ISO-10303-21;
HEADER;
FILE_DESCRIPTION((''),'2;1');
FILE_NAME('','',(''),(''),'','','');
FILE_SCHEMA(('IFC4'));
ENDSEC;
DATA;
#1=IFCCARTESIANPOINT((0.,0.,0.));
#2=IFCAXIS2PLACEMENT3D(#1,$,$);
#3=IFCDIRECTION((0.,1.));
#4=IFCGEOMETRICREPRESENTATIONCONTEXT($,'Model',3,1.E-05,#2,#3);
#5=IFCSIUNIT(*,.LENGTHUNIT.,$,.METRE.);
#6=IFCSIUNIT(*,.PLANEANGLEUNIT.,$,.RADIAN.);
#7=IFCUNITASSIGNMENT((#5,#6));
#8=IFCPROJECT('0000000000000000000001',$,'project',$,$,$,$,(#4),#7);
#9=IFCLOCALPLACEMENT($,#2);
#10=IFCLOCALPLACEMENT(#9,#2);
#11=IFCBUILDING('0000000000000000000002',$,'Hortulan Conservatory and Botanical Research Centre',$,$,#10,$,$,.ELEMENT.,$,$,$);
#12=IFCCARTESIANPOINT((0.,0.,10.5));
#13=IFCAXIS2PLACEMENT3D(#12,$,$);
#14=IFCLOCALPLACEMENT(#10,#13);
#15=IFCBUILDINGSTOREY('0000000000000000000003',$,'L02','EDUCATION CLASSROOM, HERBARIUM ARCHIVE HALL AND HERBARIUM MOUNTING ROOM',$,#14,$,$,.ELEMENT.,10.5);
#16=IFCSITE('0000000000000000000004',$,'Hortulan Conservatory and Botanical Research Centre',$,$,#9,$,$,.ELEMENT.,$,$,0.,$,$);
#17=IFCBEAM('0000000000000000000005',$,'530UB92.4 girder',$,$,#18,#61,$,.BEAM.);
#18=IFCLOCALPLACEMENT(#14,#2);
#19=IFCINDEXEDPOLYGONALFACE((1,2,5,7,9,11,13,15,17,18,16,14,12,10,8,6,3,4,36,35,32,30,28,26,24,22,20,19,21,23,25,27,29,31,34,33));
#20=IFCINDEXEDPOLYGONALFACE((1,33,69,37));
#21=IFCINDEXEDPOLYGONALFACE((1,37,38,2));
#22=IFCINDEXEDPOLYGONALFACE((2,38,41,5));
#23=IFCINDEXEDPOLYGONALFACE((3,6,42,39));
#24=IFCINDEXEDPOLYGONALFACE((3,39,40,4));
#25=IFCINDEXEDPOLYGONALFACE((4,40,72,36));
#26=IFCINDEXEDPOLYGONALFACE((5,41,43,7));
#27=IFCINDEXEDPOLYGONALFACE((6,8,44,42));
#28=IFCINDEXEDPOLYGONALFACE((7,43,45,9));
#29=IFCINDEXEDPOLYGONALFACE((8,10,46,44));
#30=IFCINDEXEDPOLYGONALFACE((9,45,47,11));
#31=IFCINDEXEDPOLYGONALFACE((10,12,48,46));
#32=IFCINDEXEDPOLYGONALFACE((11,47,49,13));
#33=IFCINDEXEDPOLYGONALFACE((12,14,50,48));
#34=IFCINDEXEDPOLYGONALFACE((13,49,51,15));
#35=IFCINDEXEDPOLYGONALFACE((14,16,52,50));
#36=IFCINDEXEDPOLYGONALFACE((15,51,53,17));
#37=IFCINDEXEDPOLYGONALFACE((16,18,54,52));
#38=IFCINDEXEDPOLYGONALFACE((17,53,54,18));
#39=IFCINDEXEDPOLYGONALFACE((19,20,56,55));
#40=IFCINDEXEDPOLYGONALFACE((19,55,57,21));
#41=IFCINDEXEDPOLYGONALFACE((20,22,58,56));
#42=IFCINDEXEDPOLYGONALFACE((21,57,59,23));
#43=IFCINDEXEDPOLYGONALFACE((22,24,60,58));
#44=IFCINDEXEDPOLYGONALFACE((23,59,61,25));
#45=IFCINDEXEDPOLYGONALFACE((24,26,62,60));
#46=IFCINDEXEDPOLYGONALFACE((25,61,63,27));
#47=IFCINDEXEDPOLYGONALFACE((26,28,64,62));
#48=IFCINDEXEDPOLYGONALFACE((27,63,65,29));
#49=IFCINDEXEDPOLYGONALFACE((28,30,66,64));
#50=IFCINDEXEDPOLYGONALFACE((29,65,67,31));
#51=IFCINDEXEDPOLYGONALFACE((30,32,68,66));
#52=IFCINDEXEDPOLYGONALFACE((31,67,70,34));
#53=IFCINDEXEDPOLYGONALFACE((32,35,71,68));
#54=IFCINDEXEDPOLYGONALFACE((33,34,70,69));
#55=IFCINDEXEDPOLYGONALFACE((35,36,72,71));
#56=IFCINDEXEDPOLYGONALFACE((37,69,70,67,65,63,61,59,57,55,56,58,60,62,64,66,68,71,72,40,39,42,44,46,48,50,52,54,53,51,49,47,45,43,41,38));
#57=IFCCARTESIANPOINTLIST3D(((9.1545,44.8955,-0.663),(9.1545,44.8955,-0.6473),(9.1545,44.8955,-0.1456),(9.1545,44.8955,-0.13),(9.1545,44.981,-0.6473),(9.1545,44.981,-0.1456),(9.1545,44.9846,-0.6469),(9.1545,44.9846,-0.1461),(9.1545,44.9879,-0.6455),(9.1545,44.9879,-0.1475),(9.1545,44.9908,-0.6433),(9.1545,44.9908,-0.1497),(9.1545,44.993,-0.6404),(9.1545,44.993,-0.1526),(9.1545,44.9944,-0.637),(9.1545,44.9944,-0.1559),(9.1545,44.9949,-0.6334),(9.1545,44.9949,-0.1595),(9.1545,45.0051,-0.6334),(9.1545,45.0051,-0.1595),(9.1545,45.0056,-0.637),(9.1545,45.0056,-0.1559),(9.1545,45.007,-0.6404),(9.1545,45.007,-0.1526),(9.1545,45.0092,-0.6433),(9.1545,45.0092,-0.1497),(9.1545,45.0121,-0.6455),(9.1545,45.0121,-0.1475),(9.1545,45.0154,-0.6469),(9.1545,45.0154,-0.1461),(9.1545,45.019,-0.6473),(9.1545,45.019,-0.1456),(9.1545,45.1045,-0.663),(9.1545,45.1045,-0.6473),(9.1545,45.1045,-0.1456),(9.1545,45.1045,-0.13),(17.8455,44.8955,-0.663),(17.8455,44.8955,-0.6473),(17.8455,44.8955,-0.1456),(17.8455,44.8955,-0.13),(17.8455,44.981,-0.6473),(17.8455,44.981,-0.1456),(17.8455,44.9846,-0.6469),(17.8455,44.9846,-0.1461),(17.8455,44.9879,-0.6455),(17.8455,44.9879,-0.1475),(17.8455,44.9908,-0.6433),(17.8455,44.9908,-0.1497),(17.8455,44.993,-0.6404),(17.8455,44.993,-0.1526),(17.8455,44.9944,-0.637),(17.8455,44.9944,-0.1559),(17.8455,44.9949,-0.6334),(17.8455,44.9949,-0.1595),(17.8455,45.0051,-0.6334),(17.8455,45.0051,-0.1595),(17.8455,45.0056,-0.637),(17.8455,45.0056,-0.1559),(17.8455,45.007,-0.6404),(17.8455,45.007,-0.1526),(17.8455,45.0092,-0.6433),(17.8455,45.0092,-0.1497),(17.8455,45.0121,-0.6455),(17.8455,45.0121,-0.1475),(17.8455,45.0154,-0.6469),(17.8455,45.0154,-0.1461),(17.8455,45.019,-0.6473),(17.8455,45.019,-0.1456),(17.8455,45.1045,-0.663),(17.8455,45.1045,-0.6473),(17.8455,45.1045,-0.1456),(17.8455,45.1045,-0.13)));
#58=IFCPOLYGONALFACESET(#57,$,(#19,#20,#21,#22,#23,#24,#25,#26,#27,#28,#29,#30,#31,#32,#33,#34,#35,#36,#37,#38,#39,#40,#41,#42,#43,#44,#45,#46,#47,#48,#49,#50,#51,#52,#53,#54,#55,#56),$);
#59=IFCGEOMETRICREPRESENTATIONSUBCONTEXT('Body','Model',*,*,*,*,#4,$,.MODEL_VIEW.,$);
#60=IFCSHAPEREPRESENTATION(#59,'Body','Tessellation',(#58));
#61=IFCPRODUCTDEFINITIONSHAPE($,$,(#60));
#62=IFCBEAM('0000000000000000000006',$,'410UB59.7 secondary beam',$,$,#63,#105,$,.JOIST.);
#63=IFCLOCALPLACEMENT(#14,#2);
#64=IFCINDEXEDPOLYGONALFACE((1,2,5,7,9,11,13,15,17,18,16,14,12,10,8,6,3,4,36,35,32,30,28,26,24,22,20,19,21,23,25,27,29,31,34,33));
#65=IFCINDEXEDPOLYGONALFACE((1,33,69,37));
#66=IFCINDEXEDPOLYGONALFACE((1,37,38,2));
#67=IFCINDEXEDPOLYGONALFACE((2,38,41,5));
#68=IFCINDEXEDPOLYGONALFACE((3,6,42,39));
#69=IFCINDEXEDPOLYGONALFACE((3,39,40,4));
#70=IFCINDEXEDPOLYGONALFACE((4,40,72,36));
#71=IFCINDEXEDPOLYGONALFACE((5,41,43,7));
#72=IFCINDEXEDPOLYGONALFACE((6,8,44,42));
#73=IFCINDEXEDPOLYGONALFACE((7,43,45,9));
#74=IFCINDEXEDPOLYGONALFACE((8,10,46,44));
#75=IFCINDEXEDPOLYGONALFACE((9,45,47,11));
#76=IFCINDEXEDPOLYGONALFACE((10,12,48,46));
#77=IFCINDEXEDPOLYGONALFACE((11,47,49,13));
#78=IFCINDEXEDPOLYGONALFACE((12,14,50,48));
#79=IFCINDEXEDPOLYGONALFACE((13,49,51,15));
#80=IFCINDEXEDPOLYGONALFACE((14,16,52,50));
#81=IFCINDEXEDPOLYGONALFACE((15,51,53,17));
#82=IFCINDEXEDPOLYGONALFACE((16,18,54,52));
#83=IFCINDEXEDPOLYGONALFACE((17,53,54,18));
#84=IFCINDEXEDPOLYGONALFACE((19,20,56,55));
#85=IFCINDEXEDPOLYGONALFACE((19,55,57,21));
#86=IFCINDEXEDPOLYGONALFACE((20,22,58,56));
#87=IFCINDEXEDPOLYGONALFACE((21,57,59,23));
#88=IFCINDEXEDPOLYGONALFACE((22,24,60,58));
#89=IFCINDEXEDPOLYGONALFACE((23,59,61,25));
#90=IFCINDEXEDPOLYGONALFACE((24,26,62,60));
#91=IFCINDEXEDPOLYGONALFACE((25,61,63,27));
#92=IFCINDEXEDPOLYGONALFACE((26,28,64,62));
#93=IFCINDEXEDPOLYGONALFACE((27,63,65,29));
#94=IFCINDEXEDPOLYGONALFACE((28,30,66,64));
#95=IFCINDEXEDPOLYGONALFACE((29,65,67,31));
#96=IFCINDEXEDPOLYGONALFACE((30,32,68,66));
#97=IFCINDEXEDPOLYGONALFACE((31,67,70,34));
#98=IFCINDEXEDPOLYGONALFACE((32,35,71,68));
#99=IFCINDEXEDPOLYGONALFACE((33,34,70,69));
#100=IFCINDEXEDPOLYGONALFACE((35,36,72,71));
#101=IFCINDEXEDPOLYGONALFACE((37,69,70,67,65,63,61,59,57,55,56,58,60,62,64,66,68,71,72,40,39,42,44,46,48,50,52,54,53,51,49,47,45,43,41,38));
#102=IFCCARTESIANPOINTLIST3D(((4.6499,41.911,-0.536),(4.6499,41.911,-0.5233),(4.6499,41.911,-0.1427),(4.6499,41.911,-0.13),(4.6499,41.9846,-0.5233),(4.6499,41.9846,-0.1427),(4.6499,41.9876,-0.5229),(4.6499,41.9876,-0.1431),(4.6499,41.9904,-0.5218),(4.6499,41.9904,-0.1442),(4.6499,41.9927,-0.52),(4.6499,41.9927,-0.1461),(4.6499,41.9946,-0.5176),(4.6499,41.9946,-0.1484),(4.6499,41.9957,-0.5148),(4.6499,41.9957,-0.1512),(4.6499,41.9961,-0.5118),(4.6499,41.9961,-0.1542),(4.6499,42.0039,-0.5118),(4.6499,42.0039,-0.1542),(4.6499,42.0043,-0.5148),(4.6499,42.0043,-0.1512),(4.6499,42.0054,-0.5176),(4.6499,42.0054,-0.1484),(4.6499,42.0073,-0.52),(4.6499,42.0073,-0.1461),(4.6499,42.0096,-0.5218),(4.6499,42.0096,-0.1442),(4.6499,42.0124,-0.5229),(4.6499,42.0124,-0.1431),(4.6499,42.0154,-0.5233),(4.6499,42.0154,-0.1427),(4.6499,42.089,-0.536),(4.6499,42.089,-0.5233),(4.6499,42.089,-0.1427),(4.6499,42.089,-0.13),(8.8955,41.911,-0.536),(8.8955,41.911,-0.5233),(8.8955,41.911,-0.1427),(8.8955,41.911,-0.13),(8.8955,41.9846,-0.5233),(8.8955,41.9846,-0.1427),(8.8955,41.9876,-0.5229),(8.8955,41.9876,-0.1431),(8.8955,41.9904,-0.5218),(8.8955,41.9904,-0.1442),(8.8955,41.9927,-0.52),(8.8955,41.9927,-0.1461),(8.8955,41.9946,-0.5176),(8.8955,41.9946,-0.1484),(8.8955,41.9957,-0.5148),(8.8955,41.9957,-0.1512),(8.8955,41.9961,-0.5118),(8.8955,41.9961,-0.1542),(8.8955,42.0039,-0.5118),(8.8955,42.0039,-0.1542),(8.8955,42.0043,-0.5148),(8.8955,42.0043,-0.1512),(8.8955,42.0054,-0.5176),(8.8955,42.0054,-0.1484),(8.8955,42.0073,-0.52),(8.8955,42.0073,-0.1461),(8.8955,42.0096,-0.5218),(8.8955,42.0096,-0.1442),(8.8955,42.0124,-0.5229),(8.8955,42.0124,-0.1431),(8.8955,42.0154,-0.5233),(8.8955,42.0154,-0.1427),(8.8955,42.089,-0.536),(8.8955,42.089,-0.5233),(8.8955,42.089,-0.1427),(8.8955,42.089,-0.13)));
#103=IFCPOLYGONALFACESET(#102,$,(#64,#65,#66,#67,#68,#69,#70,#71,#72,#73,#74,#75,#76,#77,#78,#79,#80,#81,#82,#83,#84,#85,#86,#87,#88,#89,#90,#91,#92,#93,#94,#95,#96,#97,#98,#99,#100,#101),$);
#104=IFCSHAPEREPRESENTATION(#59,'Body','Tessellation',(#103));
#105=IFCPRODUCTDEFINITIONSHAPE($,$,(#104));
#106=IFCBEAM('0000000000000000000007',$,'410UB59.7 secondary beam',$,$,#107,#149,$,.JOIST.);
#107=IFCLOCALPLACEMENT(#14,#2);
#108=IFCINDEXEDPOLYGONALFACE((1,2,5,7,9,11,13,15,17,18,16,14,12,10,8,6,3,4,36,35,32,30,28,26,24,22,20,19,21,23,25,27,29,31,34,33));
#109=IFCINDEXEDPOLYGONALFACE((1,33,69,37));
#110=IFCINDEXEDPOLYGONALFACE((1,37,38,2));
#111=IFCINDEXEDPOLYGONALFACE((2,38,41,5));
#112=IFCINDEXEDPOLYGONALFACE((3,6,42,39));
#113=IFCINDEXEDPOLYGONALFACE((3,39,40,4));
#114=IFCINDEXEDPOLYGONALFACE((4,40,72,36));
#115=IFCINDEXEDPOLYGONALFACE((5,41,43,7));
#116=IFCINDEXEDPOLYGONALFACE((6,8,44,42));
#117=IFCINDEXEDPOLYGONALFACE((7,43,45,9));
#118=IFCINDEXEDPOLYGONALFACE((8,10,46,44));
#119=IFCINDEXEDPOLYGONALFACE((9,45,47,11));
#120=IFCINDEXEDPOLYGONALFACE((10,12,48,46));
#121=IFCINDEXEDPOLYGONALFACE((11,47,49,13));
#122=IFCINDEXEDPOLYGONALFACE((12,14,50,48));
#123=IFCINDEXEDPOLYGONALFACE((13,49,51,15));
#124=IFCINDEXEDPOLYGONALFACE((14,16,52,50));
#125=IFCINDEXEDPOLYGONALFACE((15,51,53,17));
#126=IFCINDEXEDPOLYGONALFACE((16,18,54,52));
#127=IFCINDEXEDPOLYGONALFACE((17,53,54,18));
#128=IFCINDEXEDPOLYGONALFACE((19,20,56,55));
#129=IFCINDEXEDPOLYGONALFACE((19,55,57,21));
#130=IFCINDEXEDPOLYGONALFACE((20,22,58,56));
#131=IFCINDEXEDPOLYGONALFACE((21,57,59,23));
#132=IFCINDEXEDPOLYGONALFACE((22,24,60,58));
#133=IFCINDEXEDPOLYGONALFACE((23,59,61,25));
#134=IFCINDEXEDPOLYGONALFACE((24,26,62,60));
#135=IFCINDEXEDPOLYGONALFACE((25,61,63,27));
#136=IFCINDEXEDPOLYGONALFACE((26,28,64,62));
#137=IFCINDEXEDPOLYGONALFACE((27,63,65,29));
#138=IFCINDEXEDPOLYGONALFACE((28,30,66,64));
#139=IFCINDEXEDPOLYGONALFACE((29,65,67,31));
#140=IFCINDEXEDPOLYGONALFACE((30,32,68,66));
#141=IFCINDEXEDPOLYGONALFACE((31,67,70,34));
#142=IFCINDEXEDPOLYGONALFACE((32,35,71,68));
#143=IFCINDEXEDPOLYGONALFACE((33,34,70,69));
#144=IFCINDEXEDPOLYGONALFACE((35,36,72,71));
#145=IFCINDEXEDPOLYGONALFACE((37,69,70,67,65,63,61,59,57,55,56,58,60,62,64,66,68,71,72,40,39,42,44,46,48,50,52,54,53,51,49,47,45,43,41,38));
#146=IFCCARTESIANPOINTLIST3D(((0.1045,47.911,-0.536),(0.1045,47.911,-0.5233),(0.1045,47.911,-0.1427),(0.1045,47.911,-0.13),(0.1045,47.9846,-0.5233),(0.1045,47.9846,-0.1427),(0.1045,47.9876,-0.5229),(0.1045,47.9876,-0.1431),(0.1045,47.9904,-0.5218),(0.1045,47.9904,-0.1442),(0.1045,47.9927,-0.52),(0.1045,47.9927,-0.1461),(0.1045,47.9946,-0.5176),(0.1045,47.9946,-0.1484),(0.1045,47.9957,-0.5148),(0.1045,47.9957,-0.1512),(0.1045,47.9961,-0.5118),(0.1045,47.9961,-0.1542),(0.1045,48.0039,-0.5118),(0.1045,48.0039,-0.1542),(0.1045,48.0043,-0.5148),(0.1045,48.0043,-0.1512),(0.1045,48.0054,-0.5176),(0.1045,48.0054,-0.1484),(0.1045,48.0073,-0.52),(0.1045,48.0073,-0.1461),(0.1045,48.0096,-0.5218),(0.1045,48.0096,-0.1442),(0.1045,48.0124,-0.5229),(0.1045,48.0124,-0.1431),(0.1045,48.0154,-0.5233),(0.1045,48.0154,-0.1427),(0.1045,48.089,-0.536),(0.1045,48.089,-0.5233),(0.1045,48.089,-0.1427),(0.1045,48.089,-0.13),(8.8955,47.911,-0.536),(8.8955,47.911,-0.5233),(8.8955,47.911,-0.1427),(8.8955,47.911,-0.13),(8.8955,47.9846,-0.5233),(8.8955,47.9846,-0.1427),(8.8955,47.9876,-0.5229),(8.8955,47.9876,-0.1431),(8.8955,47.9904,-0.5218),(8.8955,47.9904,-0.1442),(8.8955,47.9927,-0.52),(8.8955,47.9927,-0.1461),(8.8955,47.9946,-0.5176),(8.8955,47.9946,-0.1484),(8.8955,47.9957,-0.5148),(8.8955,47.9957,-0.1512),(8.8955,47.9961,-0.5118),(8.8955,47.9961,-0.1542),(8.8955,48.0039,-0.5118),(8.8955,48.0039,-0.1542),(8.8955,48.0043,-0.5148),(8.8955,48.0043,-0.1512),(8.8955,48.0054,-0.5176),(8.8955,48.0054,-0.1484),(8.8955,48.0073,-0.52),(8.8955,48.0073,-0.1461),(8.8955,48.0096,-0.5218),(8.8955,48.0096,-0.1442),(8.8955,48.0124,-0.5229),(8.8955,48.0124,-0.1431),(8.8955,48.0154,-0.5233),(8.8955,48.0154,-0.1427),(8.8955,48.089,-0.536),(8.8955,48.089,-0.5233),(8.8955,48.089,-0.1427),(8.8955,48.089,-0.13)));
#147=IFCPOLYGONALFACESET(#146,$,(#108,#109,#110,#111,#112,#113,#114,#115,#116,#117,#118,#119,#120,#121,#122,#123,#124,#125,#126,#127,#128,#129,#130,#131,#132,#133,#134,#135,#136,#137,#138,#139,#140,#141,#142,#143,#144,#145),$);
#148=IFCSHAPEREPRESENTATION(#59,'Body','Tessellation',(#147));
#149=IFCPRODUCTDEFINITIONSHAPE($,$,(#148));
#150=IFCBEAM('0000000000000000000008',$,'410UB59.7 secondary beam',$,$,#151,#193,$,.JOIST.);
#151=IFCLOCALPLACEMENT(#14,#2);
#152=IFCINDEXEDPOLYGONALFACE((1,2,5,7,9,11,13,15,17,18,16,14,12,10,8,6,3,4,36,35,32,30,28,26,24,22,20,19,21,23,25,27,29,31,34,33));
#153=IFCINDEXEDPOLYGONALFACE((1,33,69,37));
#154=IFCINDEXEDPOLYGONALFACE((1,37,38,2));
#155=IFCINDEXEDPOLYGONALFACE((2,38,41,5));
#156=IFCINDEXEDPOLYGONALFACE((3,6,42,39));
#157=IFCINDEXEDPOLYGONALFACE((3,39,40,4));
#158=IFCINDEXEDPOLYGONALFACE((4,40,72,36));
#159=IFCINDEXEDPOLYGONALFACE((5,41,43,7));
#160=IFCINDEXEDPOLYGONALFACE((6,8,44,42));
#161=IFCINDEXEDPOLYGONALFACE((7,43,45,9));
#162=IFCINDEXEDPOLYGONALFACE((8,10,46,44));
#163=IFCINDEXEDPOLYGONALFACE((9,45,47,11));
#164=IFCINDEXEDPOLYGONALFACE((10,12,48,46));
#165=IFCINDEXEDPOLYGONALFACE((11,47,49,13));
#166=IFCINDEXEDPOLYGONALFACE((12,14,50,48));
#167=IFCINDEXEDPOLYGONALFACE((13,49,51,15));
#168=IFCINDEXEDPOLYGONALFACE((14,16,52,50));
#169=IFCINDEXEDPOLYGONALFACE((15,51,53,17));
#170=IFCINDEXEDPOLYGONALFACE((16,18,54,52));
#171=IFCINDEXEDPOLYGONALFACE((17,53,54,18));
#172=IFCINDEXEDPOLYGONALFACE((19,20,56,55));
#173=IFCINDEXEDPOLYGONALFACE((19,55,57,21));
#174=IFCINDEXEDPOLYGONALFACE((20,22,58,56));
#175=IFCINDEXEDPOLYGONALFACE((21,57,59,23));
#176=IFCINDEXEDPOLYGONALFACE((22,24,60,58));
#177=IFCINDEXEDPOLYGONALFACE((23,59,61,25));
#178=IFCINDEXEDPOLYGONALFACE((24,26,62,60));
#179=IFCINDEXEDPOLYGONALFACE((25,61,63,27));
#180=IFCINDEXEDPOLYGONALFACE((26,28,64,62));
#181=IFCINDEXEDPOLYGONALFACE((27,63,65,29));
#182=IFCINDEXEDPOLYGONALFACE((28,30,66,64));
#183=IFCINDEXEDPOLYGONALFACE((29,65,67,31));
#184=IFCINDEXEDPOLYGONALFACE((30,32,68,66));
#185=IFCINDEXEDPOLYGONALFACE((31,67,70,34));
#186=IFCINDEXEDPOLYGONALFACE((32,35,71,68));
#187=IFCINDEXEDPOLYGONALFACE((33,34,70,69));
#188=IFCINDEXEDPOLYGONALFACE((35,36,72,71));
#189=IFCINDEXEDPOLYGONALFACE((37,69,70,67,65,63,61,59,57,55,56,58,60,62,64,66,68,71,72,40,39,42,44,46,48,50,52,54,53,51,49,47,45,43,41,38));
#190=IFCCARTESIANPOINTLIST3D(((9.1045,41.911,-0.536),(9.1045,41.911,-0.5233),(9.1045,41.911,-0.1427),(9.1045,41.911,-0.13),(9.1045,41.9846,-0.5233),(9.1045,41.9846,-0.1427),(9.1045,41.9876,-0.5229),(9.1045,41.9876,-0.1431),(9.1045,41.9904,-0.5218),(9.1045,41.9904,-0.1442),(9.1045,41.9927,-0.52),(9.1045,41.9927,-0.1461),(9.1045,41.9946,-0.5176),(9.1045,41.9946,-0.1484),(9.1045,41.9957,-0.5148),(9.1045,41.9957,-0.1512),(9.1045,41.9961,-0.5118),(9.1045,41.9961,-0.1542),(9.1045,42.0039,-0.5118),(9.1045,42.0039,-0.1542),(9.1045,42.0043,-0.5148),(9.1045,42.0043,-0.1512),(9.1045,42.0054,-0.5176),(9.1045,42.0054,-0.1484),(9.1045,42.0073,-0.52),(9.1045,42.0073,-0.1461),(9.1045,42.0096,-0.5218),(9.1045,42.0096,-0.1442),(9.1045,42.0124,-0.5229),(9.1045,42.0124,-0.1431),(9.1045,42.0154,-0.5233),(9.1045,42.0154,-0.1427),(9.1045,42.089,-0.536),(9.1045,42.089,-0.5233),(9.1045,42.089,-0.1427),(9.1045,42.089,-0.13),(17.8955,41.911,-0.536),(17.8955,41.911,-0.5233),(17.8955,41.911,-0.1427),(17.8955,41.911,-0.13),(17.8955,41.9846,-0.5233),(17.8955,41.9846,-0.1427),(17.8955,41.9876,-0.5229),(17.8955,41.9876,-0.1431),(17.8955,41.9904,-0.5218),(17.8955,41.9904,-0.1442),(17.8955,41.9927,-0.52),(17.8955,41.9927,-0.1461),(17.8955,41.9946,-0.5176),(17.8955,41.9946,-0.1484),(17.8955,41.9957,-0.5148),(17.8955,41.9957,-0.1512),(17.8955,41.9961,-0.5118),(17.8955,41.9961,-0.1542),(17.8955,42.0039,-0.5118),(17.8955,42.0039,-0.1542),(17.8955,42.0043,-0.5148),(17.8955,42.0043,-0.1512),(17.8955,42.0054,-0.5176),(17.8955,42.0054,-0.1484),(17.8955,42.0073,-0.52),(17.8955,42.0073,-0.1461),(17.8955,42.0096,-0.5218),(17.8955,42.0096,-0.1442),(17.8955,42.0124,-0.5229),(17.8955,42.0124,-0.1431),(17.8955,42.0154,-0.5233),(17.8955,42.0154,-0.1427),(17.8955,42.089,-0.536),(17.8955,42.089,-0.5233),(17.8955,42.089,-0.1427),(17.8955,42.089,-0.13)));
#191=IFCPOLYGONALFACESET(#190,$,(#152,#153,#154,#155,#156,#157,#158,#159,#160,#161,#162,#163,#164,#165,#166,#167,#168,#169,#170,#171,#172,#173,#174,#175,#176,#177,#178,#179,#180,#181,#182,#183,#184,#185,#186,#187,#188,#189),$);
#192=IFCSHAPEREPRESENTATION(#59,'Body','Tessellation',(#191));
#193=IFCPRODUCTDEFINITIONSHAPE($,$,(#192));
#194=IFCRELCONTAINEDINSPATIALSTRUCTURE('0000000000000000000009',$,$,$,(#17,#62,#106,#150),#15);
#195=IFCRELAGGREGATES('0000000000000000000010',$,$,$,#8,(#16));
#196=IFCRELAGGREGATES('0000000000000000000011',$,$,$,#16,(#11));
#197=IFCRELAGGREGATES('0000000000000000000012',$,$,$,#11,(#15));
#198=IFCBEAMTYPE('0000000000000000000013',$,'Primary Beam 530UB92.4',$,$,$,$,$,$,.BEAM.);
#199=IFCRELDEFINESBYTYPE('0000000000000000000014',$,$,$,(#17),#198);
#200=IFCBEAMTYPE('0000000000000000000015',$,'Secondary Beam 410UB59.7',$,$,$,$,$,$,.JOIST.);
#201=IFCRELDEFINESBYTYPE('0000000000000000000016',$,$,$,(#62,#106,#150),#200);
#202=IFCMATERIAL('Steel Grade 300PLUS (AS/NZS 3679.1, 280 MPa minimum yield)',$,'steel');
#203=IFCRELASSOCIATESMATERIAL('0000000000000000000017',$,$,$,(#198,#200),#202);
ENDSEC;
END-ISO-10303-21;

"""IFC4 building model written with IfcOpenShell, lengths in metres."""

from ifc_helpers import new_model, si_unit, direction, frame, origin, origin_2d, place, context, subcontext, project, spatial, i_section, extrude, material, material_profile, profile_set, type_object, element, save


model = new_model("IFC4")

# Units and contexts
model_context = context("Model", 3, precision=1e-05, world=origin(), true_north=direction((0.0, 1.0)))
body_context = subcontext(model_context, "Body", "Model", "MODEL_VIEW")
ifc_project = project(units=[si_unit("LENGTHUNIT", "METRE"), si_unit("PLANEANGLEUNIT", "RADIAN")], contexts=[model_context])

# Site, building, storey
site_placement = place(None, origin())
site = spatial("IfcSite", under=ifc_project, at=site_placement, Name="Hortulan Conservatory and Botanical Research Centre", CompositionType="ELEMENT", RefElevation=0.0)
building_placement = place(site_placement, origin())
building = spatial("IfcBuilding", under=site, at=building_placement, Name="Hortulan Conservatory and Botanical Research Centre", CompositionType="ELEMENT")
storey_placement = place(building_placement, frame((0.0, 0.0, 10.5)))
storey = spatial("IfcBuildingStorey", under=building, at=storey_placement, Name="L02", Description="EDUCATION CLASSROOM, HERBARIUM ARCHIVE HALL AND HERBARIUM MOUNTING ROOM", CompositionType="ELEMENT", Elevation=10.5)

# Shared definitions
ifc_material_1 = material(Name="Steel Grade 300PLUS (AS/NZS 3679.1, 280 MPa minimum yield)", Category="steel")

# Beams
ifc_material_profile_1 = material_profile(ifc_material_1, i_section(OverallWidth=0.209, OverallDepth=0.533, WebThickness=0.0103, FlangeThickness=0.0156, FilletRadius=0.0139, at=origin_2d()), Name="530UB92.4")
ifc_profile_set_1 = profile_set([ifc_material_profile_1], Name="Steel Grade 300PLUS (AS/NZS 3679.1, 280 MPa minimum yield)")
beam_type_1 = type_object("IfcBeamType", Name="Primary Beam 530UB92.4", PredefinedType="BEAM", material=ifc_profile_set_1)
beam_1_placement = place(storey_placement, frame((9.1545, 45.0, -0.3965), z_axis=(1.0, 0.0, 0.0), x_axis=(0.0, 1.0, 0.0)))
element("IfcBeam", 1, at=beam_1_placement, inside=storey, type_object=beam_type_1, Name="530UB92.4 girder", PredefinedType="BEAM", context=body_context, shape_type="SweptSolid", body=[
    extrude(i_section(OverallWidth=0.209, OverallDepth=0.533, WebThickness=0.0103, FlangeThickness=0.0156, FilletRadius=0.0139, at=origin_2d()), origin(), (0.0, 0.0, 1.0), 8.6909),
])
ifc_material_profile_2 = material_profile(ifc_material_1, i_section(OverallWidth=0.178, OverallDepth=0.406, WebThickness=0.0078, FlangeThickness=0.0127, FilletRadius=0.0115, at=origin_2d()), Name="410UB59.7")
ifc_profile_set_2 = profile_set([ifc_material_profile_2], Name="Steel Grade 300PLUS (AS/NZS 3679.1, 280 MPa minimum yield)")
beam_type_2 = type_object("IfcBeamType", Name="Secondary Beam 410UB59.7", PredefinedType="JOIST", material=ifc_profile_set_2)
beam_2_placement = place(storey_placement, frame((4.6499, 42.0, -0.333), z_axis=(1.0, 0.0, 0.0), x_axis=(0.0, 1.0, 0.0)))
element("IfcBeam", 2, at=beam_2_placement, inside=storey, type_object=beam_type_2, Name="410UB59.7 secondary beam", PredefinedType="JOIST", context=body_context, shape_type="SweptSolid", body=[
    extrude(i_section(OverallWidth=0.178, OverallDepth=0.406, WebThickness=0.0078, FlangeThickness=0.0127, FilletRadius=0.0115, at=origin_2d()), origin(), (0.0, 0.0, 1.0), 4.2456),
])
for number, where, z_axis, x_axis, name in (
    (3, (0.1045, 48.0, -0.333), (1.0, 0.0, 0.0), (0.0, 1.0, 0.0), "410UB59.7 secondary beam"),
    (4, (9.1045, 42.0, -0.333), (1.0, 0.0, 0.0), (0.0, 1.0, 0.0), "410UB59.7 secondary beam"),
):
    element("IfcBeam", number, at=place(storey_placement, frame(where, z_axis=z_axis, x_axis=x_axis)), inside=storey, type_object=beam_type_2, Name=name, PredefinedType="JOIST", context=body_context, shape_type="SweptSolid", body=[
        extrude(i_section(OverallWidth=0.178, OverallDepth=0.406, WebThickness=0.0078, FlangeThickness=0.0127, FilletRadius=0.0115, at=origin_2d()), origin(), (0.0, 0.0, 1.0), 8.791),
    ])

save(model, "model.ifc")
